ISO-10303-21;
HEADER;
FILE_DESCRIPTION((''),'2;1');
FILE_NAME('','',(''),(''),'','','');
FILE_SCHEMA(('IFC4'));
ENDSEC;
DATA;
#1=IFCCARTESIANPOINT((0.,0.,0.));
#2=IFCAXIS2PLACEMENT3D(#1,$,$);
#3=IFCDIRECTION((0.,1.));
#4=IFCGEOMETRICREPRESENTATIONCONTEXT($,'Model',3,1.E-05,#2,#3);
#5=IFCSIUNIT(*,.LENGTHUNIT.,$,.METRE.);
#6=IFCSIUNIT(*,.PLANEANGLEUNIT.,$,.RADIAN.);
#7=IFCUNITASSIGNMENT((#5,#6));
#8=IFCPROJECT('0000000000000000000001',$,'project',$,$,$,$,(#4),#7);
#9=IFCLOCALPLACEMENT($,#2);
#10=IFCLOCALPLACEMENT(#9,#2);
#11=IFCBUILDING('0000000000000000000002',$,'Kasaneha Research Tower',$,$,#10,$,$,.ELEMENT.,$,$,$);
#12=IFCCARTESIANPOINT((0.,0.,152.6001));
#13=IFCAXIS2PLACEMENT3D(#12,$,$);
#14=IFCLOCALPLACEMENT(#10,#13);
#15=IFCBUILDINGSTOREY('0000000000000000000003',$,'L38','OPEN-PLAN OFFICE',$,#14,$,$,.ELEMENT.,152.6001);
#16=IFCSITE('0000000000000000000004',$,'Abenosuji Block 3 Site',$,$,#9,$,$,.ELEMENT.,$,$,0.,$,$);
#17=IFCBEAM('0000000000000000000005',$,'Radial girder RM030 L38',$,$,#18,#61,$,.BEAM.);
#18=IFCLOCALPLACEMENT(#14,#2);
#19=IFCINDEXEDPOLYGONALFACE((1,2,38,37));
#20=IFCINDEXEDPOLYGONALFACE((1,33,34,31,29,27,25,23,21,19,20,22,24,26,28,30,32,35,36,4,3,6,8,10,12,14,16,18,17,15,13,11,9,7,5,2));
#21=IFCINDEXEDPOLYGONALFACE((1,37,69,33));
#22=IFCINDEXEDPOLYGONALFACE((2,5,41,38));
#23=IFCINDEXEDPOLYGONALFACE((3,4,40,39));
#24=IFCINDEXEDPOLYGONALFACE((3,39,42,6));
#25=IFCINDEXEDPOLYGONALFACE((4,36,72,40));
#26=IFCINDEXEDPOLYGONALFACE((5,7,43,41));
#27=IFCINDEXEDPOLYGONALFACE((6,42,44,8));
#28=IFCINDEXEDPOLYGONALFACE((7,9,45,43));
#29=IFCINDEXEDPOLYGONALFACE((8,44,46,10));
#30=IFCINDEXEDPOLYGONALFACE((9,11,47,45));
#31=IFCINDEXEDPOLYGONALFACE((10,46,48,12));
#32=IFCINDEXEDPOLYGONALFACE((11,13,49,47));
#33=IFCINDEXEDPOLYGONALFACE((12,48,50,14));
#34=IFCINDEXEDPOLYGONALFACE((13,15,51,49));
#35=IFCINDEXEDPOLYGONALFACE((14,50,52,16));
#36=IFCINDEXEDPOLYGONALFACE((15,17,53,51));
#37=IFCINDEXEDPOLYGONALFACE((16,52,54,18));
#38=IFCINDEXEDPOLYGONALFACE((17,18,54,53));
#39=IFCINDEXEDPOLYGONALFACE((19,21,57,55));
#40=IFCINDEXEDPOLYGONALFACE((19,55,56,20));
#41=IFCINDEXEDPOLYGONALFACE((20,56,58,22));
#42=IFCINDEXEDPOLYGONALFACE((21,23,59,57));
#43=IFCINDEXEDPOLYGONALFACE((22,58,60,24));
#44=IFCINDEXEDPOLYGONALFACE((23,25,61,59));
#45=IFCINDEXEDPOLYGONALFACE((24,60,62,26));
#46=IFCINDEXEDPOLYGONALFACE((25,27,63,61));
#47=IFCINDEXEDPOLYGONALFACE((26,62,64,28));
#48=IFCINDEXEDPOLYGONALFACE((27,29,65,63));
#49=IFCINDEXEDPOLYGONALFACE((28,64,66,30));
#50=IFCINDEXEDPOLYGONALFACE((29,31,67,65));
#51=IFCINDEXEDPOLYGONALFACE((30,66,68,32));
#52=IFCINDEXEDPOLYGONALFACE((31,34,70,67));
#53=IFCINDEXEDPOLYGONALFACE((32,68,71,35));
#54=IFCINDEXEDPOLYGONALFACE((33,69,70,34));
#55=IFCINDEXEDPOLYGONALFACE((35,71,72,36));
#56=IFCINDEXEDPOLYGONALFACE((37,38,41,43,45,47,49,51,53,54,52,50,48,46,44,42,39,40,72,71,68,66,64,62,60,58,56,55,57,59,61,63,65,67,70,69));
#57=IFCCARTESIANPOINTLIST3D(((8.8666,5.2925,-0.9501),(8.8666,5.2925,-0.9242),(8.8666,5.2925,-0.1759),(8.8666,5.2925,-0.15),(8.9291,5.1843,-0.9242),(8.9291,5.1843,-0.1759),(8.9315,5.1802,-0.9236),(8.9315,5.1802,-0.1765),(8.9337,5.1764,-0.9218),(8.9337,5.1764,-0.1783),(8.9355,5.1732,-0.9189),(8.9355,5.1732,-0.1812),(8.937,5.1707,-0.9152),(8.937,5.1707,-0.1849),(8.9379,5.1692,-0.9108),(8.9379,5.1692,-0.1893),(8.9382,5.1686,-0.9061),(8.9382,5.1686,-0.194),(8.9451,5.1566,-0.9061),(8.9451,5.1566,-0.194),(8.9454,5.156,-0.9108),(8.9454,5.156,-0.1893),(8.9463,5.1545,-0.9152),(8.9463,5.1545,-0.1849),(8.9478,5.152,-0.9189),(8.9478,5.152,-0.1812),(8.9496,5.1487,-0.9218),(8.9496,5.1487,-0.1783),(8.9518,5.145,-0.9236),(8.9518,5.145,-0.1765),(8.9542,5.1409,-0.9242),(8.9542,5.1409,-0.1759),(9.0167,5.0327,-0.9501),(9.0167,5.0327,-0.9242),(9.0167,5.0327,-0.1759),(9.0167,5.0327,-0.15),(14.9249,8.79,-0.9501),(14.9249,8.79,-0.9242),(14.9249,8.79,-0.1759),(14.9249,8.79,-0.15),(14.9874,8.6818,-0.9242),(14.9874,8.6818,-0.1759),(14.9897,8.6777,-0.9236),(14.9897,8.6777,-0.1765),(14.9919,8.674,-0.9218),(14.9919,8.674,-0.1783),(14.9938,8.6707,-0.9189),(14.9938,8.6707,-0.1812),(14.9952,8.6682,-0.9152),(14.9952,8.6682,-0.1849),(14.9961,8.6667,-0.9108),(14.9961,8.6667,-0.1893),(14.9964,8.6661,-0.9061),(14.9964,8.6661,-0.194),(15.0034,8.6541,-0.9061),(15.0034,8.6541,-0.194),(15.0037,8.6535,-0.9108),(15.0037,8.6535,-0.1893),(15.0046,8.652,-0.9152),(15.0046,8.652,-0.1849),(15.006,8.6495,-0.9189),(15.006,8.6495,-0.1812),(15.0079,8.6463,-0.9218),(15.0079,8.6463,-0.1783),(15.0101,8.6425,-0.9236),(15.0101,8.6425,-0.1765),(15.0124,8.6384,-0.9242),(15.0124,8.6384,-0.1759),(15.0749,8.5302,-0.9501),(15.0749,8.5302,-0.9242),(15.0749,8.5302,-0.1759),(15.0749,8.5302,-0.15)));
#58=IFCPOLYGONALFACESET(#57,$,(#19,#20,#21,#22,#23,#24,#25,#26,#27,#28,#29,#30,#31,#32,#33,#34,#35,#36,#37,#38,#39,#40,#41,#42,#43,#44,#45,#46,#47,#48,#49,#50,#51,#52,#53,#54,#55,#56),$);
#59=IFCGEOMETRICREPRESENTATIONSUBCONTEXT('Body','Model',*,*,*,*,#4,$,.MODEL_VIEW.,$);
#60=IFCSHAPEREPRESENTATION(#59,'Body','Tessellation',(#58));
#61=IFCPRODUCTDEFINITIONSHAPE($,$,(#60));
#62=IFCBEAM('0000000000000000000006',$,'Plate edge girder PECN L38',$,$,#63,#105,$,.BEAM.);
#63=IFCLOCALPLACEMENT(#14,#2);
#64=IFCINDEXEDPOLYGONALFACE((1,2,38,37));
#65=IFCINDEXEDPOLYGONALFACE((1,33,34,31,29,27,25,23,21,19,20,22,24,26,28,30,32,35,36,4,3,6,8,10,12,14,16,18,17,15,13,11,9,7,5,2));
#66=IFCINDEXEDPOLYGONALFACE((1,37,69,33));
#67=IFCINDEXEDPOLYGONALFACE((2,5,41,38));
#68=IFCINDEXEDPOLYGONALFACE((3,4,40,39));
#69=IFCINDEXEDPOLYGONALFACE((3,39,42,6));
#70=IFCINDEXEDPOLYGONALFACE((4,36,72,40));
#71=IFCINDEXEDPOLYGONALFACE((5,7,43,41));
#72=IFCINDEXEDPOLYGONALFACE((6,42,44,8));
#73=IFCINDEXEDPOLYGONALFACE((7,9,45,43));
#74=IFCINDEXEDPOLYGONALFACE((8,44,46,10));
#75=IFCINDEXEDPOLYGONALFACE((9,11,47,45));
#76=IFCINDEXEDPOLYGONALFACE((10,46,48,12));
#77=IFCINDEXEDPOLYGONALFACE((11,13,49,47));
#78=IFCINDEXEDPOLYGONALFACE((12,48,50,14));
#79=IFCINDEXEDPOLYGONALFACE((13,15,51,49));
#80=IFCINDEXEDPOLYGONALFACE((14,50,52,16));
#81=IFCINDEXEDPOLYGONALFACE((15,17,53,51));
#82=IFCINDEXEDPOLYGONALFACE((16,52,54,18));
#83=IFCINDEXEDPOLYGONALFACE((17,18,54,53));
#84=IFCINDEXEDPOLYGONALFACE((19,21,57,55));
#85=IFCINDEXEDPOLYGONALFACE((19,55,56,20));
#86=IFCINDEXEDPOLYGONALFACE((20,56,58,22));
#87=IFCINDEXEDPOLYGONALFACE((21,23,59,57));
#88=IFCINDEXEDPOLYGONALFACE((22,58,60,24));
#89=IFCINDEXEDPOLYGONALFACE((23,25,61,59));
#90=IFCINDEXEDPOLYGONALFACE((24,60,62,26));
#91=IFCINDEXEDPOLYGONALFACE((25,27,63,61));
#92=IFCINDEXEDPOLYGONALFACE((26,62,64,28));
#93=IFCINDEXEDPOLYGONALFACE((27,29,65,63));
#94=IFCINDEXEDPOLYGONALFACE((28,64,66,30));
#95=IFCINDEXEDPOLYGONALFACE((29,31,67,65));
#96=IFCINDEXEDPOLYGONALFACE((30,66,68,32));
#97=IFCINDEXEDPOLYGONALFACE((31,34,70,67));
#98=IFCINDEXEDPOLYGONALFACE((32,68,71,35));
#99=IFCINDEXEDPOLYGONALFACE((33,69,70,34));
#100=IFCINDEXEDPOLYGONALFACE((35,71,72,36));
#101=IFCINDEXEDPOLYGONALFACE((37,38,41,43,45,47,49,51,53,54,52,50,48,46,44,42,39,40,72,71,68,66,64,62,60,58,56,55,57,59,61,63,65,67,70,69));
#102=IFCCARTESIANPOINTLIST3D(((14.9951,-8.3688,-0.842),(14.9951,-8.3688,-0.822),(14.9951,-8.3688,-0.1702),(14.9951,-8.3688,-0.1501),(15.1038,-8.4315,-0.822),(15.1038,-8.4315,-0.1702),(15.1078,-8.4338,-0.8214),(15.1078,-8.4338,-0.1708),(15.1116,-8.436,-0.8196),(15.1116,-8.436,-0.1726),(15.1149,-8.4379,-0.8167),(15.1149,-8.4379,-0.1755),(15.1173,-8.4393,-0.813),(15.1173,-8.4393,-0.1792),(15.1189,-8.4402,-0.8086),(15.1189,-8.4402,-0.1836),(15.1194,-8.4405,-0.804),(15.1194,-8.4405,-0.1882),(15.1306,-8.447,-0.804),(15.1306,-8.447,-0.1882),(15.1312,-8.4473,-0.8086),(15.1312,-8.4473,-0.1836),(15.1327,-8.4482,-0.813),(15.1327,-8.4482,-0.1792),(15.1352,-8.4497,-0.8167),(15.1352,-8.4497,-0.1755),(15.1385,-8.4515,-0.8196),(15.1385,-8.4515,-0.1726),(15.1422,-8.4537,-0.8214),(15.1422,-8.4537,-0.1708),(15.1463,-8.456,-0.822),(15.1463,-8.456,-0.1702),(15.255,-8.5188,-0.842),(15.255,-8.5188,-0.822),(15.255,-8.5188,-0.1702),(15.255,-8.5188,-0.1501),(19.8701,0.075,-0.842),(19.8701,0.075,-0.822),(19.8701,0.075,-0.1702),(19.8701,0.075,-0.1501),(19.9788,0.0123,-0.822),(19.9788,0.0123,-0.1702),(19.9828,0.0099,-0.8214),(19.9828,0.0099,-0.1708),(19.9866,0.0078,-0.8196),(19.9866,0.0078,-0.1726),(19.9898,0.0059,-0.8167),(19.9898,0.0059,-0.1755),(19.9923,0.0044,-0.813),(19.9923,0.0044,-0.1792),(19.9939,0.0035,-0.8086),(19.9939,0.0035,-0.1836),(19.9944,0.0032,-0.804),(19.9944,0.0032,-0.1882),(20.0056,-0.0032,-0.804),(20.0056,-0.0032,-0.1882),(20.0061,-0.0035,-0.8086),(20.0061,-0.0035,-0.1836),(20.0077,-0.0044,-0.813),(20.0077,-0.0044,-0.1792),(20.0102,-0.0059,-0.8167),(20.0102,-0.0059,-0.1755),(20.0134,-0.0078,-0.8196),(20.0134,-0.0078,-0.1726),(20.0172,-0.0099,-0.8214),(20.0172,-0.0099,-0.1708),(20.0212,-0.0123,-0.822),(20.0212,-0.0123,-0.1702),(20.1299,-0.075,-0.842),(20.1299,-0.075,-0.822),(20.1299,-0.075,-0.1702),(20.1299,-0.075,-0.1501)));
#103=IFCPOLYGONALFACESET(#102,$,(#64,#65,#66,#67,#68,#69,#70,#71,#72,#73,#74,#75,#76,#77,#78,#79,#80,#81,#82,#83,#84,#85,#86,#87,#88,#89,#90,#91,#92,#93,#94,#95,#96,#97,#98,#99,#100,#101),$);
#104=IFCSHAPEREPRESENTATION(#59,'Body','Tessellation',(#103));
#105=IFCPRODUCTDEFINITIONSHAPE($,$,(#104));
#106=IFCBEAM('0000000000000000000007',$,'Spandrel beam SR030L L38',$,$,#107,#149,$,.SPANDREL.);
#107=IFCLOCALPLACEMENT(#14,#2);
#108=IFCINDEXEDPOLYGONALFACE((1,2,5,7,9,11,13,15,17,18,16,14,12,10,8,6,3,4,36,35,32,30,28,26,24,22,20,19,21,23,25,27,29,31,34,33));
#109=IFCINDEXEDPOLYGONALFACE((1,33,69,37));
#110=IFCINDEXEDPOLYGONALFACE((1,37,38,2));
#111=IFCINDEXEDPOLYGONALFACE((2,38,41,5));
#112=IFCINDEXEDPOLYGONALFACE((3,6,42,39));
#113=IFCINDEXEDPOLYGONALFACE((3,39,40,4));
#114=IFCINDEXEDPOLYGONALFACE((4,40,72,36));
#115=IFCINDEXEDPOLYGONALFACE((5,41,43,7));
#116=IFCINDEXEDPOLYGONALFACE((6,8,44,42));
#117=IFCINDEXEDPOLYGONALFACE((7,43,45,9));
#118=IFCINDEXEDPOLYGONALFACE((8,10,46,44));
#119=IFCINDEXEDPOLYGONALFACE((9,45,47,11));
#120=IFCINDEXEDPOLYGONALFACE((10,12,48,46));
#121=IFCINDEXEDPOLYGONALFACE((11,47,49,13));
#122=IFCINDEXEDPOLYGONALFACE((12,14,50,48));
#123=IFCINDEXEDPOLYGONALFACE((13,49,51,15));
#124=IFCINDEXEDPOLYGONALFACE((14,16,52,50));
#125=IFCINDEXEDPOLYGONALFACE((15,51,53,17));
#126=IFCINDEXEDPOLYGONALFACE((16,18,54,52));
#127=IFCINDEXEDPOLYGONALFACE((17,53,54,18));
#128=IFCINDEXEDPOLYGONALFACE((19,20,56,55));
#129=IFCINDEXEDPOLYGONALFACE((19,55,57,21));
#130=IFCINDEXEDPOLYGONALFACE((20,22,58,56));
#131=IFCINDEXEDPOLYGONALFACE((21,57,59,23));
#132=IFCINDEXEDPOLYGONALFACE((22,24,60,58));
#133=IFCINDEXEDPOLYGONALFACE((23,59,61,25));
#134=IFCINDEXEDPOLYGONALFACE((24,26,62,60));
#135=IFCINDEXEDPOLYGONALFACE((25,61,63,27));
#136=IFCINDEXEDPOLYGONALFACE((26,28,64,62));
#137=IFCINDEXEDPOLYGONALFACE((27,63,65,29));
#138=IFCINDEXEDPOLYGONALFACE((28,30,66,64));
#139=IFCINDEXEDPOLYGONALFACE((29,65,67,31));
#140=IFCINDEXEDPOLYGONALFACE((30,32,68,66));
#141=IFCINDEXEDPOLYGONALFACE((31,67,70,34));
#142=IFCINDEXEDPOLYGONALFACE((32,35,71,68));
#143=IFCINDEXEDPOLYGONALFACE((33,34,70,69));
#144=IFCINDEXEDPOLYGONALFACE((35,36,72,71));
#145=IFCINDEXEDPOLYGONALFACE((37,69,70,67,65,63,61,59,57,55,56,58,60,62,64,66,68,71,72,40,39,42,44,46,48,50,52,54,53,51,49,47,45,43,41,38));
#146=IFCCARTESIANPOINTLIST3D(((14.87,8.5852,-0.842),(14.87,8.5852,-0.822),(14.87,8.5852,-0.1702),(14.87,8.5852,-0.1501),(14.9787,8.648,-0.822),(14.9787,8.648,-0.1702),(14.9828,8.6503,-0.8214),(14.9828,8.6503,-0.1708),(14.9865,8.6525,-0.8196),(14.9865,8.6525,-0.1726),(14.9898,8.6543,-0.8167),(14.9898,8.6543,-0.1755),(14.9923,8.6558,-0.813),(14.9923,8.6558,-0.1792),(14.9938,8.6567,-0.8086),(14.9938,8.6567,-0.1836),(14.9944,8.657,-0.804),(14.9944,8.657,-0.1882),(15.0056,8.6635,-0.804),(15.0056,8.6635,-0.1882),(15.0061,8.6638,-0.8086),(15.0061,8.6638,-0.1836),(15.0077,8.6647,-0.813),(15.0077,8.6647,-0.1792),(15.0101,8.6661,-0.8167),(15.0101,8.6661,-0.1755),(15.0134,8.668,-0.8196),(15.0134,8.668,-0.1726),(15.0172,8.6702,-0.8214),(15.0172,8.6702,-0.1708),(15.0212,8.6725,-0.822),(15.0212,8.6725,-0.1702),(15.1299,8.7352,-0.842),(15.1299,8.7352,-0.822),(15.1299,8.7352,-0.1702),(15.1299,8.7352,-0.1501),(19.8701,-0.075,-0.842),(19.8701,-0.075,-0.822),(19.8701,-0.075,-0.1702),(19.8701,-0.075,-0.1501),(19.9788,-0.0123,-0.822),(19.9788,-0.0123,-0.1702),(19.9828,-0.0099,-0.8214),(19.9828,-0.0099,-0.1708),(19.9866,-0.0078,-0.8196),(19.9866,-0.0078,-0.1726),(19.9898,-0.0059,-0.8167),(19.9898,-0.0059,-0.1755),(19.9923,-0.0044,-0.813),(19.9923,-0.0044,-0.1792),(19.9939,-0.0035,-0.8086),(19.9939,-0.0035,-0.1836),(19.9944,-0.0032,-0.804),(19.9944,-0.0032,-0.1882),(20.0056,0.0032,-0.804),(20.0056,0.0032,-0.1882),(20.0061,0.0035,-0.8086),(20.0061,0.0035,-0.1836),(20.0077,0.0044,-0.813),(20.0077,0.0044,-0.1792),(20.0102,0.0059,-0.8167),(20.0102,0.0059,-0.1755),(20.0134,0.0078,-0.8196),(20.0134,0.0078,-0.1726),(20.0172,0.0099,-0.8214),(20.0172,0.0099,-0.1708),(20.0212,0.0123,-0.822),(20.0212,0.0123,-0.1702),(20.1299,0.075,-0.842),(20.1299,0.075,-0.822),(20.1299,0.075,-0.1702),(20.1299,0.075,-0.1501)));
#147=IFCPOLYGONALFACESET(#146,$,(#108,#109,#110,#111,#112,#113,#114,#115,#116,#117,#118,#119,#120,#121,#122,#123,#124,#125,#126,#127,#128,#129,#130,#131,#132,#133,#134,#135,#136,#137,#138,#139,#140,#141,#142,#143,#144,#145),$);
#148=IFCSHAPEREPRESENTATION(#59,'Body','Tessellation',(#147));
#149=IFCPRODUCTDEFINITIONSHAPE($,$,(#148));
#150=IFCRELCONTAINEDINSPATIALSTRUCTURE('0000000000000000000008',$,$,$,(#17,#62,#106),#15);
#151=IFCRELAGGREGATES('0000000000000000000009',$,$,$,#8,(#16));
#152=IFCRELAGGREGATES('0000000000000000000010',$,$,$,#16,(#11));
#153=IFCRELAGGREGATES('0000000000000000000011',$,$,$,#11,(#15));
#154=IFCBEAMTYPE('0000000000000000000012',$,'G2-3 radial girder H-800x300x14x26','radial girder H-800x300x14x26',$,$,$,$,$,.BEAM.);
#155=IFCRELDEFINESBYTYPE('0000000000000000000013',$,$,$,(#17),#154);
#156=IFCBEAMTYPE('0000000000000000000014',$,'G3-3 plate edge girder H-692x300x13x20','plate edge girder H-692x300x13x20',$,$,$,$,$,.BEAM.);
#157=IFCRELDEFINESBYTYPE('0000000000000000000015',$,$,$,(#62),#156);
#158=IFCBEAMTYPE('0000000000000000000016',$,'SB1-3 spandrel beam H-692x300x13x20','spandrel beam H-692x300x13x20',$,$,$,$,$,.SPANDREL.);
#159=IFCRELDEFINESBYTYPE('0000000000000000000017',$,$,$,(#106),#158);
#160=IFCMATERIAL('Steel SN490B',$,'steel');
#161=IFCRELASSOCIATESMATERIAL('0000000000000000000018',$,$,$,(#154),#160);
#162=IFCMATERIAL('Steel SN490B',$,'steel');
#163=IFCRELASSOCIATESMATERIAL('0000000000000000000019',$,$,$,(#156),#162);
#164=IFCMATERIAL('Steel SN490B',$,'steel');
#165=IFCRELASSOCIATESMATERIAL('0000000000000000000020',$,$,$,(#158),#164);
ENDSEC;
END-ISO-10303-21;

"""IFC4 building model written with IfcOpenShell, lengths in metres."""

from ifc_helpers import new_model, si_unit, direction, frame, origin, origin_2d, place, context, subcontext, project, spatial, i_section, extrude, material, material_profile, profile_set, type_object, element, save


model = new_model("IFC4")

# Units and contexts
model_context = context("Model", 3, precision=1e-05, world=origin(), true_north=direction((0.0, 1.0)))
body_context = subcontext(model_context, "Body", "Model", "MODEL_VIEW")
ifc_project = project(units=[si_unit("LENGTHUNIT", "METRE"), si_unit("PLANEANGLEUNIT", "RADIAN")], contexts=[model_context])

# Site, building, storey
site_placement = place(None, origin())
site = spatial("IfcSite", under=ifc_project, at=site_placement, Name="Abenosuji Block 3 Site", CompositionType="ELEMENT", RefElevation=0.0)
building_placement = place(site_placement, origin())
building = spatial("IfcBuilding", under=site, at=building_placement, Name="Kasaneha Research Tower", CompositionType="ELEMENT")
storey_placement = place(building_placement, frame((0.0, 0.0, 152.6001)))
storey = spatial("IfcBuildingStorey", under=building, at=storey_placement, Name="L38", Description="OPEN-PLAN OFFICE", CompositionType="ELEMENT", Elevation=152.6001)

# Beams
ifc_material_1 = material(Name="Steel SN490B", Category="steel")
ifc_material_profile_1 = material_profile(ifc_material_1, i_section(OverallWidth=0.3, OverallDepth=0.8, WebThickness=0.0139, FlangeThickness=0.0259, FilletRadius=0.0181, at=origin_2d()), Name="H-800x300x14x26")
ifc_profile_set_1 = profile_set([ifc_material_profile_1], Name="Steel SN490B")
beam_type_1 = type_object("IfcBeamType", Name="G2-3 radial girder H-800x300x14x26", Description="radial girder H-800x300x14x26", PredefinedType="BEAM", material=ifc_profile_set_1)
beam_1_placement = place(storey_placement, frame((8.9417, 5.1626, -0.55), z_axis=(0.86604, 0.499975, 0.0), x_axis=(-0.499975, 0.86604, 0.0)))
element("IfcBeam", 1, at=beam_1_placement, inside=storey, type_object=beam_type_1, Name="Radial girder RM030 L38", PredefinedType="BEAM", context=body_context, shape_type="SweptSolid", body=[
    extrude(i_section(OverallWidth=0.3, OverallDepth=0.8, WebThickness=0.0139, FlangeThickness=0.0259, FilletRadius=0.0181, at=origin_2d()), origin(), (0.0, 0.0, 1.0), 6.9954),
])
ifc_material_2 = material(Name="Steel SN490B", Category="steel")
ifc_material_profile_2 = material_profile(ifc_material_2, i_section(OverallWidth=0.3, OverallDepth=0.6919, WebThickness=0.0129, FlangeThickness=0.02, FilletRadius=0.0181, at=origin_2d()), Name="H-692x300x13x20")
ifc_profile_set_2 = profile_set([ifc_material_profile_2], Name="Steel SN490B")
beam_type_2 = type_object("IfcBeamType", Name="G3-3 plate edge girder H-692x300x13x20", Description="plate edge girder H-692x300x13x20", PredefinedType="BEAM", material=ifc_profile_set_2)
beam_2_placement = place(storey_placement, frame((20.0, 0.0, -0.4961), z_axis=(-0.499996, -0.866028, 0.0), x_axis=(0.866028, -0.499996, 0.0)))
element("IfcBeam", 2, at=beam_2_placement, inside=storey, type_object=beam_type_2, Name="Plate edge girder PECN L38", PredefinedType="BEAM", context=body_context, shape_type="SweptSolid", body=[
    extrude(i_section(OverallWidth=0.3, OverallDepth=0.6919, WebThickness=0.0129, FlangeThickness=0.02, FilletRadius=0.0181, at=origin_2d()), origin(), (0.0, 0.0, 1.0), 9.75),
])
ifc_material_3 = material(Name="Steel SN490B", Category="steel")
ifc_material_profile_3 = material_profile(ifc_material_3, i_section(OverallWidth=0.3, OverallDepth=0.6919, WebThickness=0.0129, FlangeThickness=0.02, FilletRadius=0.0181, at=origin_2d()), Name="H-692x300x13x20")
ifc_profile_set_3 = profile_set([ifc_material_profile_3], Name="Steel SN490B")
beam_type_3 = type_object("IfcBeamType", Name="SB1-3 spandrel beam H-692x300x13x20", Description="spandrel beam H-692x300x13x20", PredefinedType="SPANDREL", material=ifc_profile_set_3)
beam_3_placement = place(storey_placement, frame((20.0, 0.0, -0.4961), z_axis=(-0.500004, 0.866023, 0.0), x_axis=(-0.866023, -0.500004, 0.0)))
element("IfcBeam", 3, at=beam_3_placement, inside=storey, type_object=beam_type_3, Name="Spandrel beam SR030L L38", PredefinedType="SPANDREL", context=body_context, shape_type="SweptSolid", body=[
    extrude(i_section(OverallWidth=0.3, OverallDepth=0.6919, WebThickness=0.0129, FlangeThickness=0.02, FilletRadius=0.0181, at=origin_2d()), origin(), (0.0, 0.0, 1.0), 10.0),
])

save(model, "model.ifc")
